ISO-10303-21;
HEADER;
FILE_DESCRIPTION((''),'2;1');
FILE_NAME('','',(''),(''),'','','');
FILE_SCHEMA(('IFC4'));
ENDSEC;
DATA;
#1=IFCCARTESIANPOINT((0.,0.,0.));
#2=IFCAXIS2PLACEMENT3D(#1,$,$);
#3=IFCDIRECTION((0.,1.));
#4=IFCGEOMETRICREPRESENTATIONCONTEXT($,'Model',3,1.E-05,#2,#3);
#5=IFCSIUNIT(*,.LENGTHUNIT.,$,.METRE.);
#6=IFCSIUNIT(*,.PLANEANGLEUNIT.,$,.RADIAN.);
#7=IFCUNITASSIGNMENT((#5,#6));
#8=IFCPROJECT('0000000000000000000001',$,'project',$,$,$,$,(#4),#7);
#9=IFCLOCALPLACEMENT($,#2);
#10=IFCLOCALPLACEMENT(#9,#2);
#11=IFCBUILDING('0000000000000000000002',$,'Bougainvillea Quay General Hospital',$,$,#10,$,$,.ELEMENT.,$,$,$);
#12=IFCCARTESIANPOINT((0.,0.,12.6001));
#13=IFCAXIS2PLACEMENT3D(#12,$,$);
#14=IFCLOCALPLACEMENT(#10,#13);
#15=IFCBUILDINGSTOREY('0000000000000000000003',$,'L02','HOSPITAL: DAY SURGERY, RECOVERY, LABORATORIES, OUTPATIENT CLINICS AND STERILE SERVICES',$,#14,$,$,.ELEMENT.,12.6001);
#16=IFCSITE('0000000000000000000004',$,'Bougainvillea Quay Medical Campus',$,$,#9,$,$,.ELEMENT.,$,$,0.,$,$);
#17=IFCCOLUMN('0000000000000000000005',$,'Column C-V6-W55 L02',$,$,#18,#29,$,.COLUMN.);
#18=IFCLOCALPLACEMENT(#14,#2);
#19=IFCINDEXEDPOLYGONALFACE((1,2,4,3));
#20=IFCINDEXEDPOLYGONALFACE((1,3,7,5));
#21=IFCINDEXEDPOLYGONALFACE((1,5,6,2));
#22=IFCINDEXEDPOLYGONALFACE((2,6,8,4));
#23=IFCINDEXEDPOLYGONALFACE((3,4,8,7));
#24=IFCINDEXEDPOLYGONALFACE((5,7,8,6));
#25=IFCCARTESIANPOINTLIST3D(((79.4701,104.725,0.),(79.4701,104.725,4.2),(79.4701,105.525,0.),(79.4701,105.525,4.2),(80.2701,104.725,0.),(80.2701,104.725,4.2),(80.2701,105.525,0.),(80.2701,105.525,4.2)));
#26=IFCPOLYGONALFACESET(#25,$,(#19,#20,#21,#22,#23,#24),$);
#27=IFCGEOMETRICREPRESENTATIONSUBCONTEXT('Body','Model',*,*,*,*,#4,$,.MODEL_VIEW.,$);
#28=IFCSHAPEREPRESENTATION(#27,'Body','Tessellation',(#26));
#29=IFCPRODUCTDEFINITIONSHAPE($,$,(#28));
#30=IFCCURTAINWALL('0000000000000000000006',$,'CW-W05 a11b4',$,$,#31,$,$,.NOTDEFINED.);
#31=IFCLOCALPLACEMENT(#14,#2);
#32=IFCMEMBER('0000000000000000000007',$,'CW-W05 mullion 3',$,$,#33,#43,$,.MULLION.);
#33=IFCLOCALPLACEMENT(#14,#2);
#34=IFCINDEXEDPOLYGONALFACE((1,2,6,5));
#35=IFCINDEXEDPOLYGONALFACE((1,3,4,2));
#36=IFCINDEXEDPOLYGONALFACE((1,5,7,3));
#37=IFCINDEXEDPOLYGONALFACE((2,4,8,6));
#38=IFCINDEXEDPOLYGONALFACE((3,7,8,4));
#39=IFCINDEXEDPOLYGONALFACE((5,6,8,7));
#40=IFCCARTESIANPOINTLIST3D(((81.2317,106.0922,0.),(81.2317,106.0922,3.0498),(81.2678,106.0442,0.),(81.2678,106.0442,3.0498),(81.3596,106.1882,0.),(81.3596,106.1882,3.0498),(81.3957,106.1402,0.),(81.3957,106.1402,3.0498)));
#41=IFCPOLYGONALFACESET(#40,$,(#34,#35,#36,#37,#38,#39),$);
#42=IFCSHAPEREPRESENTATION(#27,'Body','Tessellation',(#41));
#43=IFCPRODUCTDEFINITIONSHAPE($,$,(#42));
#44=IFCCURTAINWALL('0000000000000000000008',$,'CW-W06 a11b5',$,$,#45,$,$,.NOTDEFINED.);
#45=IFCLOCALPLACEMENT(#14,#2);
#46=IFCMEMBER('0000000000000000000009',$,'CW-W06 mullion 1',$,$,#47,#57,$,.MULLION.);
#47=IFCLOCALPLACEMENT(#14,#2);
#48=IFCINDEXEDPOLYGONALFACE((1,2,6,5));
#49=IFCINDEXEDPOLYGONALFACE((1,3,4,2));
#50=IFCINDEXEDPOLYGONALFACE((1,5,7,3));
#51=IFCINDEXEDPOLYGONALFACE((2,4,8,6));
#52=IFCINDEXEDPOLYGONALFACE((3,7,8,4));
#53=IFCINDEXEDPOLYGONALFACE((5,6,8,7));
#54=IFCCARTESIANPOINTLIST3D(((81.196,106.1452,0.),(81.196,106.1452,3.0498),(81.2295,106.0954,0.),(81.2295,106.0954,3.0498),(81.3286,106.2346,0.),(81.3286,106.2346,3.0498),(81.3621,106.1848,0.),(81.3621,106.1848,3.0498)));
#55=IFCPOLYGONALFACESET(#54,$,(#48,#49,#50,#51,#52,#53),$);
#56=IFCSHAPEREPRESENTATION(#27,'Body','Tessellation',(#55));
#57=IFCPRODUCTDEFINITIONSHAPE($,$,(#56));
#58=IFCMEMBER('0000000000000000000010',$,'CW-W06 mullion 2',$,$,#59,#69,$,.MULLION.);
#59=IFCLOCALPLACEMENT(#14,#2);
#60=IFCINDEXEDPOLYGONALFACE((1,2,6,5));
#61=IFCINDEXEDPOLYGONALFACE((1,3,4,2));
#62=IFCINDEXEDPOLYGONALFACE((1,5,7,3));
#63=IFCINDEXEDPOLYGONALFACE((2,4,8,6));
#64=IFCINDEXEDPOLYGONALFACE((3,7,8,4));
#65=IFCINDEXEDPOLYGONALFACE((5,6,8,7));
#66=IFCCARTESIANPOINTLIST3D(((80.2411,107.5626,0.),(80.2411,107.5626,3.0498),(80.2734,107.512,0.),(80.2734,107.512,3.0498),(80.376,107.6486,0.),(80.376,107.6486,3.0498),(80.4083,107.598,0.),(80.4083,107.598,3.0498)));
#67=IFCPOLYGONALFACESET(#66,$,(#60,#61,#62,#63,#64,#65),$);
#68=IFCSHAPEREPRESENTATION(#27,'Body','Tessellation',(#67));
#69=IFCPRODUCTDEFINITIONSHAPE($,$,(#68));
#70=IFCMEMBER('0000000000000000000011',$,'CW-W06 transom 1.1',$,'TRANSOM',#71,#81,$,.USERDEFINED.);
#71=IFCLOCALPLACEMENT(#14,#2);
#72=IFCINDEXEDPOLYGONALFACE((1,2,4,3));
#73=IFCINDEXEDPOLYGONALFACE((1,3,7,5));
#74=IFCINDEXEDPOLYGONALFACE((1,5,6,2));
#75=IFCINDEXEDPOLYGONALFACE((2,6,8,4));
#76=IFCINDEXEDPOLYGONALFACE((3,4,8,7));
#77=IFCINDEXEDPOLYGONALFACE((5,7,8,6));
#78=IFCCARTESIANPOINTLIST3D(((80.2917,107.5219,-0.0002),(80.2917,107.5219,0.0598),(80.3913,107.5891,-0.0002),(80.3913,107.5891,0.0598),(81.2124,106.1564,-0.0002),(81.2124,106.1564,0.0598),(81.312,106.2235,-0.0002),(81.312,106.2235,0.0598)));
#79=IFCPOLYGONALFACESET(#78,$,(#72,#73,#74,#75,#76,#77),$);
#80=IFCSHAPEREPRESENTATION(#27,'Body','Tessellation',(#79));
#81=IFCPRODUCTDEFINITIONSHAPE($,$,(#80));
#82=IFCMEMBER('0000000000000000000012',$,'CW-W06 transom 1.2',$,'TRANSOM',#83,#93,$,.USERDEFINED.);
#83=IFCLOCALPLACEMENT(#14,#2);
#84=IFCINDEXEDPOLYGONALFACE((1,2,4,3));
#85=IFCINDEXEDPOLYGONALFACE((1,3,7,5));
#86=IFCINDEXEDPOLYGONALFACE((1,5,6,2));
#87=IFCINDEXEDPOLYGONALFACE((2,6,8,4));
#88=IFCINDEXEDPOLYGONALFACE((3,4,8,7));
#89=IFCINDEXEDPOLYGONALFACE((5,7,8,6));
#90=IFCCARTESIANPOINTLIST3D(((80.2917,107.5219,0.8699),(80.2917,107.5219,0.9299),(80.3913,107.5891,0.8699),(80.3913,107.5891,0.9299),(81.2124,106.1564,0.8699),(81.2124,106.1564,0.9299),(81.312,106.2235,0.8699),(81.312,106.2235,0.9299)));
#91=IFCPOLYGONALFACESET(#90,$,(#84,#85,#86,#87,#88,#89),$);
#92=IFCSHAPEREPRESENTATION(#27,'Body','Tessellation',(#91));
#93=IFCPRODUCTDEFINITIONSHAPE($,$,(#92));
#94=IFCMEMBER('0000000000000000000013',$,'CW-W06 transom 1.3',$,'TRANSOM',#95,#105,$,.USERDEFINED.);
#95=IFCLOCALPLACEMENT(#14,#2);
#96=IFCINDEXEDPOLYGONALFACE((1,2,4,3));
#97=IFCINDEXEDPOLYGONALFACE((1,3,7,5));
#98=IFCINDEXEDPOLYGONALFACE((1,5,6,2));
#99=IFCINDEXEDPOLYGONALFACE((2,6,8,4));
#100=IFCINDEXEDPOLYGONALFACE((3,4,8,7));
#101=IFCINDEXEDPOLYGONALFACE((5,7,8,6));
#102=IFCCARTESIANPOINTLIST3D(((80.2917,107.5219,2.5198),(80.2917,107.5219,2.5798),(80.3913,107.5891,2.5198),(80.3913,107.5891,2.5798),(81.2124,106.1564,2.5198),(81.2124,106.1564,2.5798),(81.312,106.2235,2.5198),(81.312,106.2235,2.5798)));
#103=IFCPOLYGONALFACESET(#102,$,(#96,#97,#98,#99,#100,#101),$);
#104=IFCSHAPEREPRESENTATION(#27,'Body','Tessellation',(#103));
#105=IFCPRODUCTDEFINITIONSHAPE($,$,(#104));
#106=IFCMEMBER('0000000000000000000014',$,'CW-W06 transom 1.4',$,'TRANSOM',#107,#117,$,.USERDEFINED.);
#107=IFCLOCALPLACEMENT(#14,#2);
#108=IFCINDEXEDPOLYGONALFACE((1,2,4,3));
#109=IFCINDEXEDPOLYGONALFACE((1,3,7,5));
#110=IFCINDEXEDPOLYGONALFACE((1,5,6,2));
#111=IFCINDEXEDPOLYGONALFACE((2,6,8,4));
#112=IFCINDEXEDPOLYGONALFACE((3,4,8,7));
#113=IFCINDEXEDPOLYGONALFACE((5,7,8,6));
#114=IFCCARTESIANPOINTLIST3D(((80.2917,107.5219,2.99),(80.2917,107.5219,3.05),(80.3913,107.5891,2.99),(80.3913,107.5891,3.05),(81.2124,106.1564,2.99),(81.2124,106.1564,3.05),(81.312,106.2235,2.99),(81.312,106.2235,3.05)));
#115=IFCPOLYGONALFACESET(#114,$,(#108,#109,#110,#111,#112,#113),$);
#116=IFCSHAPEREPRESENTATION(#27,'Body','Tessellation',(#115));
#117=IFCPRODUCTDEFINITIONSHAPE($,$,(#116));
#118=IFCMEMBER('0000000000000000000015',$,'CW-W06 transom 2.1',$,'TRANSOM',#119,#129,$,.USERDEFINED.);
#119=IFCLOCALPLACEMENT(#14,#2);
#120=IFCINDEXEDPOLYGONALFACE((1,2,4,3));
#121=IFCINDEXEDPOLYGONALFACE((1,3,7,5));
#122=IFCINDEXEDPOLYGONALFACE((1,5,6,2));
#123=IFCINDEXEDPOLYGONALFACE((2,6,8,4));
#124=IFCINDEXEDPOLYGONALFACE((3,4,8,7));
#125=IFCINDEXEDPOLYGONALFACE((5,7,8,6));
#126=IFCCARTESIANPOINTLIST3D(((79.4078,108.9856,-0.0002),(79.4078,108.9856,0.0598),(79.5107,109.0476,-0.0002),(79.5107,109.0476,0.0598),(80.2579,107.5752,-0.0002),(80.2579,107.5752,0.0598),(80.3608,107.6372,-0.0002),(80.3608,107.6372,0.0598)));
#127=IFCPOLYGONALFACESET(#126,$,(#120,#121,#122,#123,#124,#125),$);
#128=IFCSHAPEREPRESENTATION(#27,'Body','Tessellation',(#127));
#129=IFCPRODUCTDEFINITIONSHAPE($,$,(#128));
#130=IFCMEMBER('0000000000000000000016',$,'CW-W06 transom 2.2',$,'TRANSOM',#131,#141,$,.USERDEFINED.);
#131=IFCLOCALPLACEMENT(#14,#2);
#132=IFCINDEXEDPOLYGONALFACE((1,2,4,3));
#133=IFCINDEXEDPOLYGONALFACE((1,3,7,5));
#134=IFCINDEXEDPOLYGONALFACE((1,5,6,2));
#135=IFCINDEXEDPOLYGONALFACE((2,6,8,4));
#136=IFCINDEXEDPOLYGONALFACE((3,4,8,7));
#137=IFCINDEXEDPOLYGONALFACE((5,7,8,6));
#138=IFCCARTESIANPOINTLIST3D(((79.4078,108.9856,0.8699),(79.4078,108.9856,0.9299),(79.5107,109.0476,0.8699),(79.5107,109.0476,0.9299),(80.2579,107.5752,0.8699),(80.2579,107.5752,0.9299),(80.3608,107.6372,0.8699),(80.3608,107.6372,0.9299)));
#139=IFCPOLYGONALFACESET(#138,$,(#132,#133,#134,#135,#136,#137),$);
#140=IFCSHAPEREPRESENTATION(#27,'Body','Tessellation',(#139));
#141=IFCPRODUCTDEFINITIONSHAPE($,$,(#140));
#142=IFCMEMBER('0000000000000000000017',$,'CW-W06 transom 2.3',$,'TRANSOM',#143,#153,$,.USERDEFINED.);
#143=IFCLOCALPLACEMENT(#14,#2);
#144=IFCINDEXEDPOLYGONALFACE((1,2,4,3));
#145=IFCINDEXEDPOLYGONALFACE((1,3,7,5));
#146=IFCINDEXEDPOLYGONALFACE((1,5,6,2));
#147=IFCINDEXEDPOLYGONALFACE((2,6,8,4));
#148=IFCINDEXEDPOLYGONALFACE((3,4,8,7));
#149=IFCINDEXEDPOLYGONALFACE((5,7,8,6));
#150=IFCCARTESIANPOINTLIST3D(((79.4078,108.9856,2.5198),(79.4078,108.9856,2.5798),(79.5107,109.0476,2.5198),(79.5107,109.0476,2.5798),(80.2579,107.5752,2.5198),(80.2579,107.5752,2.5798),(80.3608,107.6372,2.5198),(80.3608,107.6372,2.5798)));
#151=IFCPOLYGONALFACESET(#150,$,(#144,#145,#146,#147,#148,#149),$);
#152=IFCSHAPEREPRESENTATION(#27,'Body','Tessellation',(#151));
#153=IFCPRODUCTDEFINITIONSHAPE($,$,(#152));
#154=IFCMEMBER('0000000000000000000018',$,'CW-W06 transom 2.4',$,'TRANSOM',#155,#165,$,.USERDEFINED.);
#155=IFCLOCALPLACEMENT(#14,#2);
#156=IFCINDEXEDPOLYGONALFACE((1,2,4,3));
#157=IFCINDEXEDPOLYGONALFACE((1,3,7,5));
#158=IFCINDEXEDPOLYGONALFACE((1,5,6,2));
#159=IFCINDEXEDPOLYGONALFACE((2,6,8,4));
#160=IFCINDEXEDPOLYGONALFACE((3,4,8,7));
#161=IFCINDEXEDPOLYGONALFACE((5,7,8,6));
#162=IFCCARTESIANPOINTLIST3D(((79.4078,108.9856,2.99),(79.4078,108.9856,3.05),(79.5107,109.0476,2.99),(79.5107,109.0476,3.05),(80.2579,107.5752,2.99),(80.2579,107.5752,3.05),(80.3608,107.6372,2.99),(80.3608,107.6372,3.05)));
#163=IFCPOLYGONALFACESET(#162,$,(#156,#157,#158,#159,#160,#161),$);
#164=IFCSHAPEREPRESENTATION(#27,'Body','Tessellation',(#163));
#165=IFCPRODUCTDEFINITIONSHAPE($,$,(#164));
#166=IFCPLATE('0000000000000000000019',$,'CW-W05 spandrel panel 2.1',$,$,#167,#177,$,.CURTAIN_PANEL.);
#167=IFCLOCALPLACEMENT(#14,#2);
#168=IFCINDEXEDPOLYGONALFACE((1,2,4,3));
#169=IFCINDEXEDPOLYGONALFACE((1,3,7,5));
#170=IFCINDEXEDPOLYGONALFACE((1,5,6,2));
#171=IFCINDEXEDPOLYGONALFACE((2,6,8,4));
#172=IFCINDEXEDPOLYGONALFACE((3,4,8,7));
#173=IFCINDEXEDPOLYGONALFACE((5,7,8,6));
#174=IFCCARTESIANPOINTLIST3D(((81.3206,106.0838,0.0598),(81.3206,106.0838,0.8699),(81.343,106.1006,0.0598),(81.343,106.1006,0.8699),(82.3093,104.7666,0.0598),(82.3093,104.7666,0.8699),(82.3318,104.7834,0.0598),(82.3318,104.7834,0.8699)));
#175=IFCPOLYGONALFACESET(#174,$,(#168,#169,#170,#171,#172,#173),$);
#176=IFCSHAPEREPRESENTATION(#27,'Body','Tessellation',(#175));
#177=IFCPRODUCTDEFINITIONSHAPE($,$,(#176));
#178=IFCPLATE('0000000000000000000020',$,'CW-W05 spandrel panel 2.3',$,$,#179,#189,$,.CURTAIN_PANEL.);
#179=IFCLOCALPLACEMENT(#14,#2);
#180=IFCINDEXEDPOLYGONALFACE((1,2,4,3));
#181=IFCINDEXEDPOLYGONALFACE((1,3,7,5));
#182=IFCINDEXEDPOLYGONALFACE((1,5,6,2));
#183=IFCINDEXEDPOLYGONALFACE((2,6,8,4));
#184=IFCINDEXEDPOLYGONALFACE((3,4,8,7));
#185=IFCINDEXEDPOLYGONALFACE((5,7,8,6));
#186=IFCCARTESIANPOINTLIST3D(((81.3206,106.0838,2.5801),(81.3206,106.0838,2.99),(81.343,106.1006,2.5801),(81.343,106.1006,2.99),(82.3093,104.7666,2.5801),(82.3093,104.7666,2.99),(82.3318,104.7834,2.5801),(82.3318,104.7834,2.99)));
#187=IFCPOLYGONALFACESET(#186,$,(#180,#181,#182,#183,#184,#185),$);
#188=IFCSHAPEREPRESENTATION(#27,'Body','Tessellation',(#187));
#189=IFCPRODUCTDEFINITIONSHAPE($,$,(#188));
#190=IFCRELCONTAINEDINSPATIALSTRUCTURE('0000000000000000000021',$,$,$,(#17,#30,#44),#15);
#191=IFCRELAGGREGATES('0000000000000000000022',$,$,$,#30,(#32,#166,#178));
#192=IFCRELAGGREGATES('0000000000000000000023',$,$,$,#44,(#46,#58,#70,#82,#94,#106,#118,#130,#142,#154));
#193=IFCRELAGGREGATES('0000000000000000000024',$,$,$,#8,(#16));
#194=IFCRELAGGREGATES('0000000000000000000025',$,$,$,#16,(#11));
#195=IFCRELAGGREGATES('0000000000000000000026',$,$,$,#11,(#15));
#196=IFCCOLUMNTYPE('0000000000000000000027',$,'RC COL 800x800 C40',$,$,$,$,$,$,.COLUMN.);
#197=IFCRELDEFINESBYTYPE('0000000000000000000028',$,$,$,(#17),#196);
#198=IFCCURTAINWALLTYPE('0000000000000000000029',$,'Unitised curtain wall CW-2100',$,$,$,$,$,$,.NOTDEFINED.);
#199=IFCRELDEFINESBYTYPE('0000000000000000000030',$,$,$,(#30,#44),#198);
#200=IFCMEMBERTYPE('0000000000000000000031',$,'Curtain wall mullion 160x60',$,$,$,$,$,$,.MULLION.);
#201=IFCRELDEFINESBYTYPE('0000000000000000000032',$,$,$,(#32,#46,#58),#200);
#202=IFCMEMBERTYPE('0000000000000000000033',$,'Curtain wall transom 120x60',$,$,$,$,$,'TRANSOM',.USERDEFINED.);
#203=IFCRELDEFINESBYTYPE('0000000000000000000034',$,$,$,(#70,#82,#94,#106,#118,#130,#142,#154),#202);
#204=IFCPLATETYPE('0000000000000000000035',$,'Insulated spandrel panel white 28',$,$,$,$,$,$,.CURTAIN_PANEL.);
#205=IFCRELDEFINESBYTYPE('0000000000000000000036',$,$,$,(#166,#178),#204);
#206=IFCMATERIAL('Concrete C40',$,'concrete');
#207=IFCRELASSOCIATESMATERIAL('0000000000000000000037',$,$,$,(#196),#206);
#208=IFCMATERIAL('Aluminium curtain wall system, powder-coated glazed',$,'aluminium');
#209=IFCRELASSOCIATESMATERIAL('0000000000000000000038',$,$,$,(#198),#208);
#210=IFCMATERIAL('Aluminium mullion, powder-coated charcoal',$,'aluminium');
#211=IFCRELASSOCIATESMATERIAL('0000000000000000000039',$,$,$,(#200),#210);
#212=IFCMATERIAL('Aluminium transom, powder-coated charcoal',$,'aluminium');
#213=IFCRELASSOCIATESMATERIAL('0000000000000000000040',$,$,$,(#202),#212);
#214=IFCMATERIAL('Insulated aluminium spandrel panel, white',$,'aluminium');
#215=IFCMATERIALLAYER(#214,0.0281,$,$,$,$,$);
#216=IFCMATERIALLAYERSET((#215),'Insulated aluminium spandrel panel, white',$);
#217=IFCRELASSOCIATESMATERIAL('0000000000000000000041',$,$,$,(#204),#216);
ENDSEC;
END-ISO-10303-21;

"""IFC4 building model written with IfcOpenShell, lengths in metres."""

from ifc_helpers import new_model, si_unit, direction, frame, origin, origin_2d, place, context, subcontext, project, spatial, rectangle, extrude, material, layer, layer_set, material_profile, profile_set, type_object, element, aggregate, save


model = new_model("IFC4")

# Units and contexts
model_context = context("Model", 3, precision=1e-05, world=origin(), true_north=direction((0.0, 1.0)))
body_context = subcontext(model_context, "Body", "Model", "MODEL_VIEW")
ifc_project = project(units=[si_unit("LENGTHUNIT", "METRE"), si_unit("PLANEANGLEUNIT", "RADIAN")], contexts=[model_context])

# Site, building, storey
site_placement = place(None, origin())
site = spatial("IfcSite", under=ifc_project, at=site_placement, Name="Bougainvillea Quay Medical Campus", CompositionType="ELEMENT", RefElevation=0.0)
building_placement = place(site_placement, origin())
building = spatial("IfcBuilding", under=site, at=building_placement, Name="Bougainvillea Quay General Hospital", CompositionType="ELEMENT")
storey_placement = place(building_placement, frame((0.0, 0.0, 12.6001)))
storey = spatial("IfcBuildingStorey", under=building, at=storey_placement, Name="L02", Description="HOSPITAL: DAY SURGERY, RECOVERY, LABORATORIES, OUTPATIENT CLINICS AND STERILE SERVICES", CompositionType="ELEMENT", Elevation=12.6001)

# Column
ifc_material_1 = material(Name="Concrete C40", Category="concrete")
ifc_material_profile_1 = material_profile(ifc_material_1, rectangle(XDim=0.8, YDim=0.8, at=origin_2d()))
ifc_profile_set_1 = profile_set([ifc_material_profile_1], Name="Concrete C40")
column_type = type_object("IfcColumnType", Name="RC COL 800x800 C40", PredefinedType="COLUMN", material=ifc_profile_set_1)
column_placement = place(storey_placement, frame((79.8701, 105.125, 0.0), z_axis=(0.0, 0.0, 1.0), x_axis=(1.0, 0.0, 0.0)))
element("IfcColumn", 1, at=column_placement, inside=storey, type_object=column_type, Name="Column C-V6-W55 L02", PredefinedType="COLUMN", context=body_context, shape_type="SweptSolid", body=[
    extrude(rectangle(XDim=0.8, YDim=0.8, at=origin_2d()), origin(), (0.0, 0.0, 1.0), 4.2),
])

# Curtain wall, member
ifc_material_2 = material(Name="Aluminium curtain wall system, powder-coated glazed", Category="aluminium")
curtain_wall_type = type_object("IfcCurtainWallType", Name="Unitised curtain wall CW-2100", PredefinedType="NOTDEFINED", material=ifc_material_2)
curtain_wall_1_placement = place(storey_placement, origin())
curtain_wall_1 = element("IfcCurtainWall", 2, at=curtain_wall_1_placement, inside=storey, type_object=curtain_wall_type, Name="CW-W05 a11b4", PredefinedType="NOTDEFINED")
ifc_material_3 = material(Name="Aluminium mullion, powder-coated charcoal", Category="aluminium")
ifc_material_profile_2 = material_profile(ifc_material_3, rectangle(XDim=0.1599, YDim=0.0601, at=origin_2d()))
ifc_profile_set_2 = profile_set([ifc_material_profile_2], Name="Aluminium mullion, powder-coated charcoal")
member_type_1 = type_object("IfcMemberType", Name="Curtain wall mullion 160x60", PredefinedType="MULLION", material=ifc_profile_set_2)
member_1_placement = place(storey_placement, frame((81.3137, 106.1162, 0.0), z_axis=(0.0, 0.0, 1.0), x_axis=(-0.799758, -0.600323, 0.0)))
member_1 = element("IfcMember", 3, at=member_1_placement, type_object=member_type_1, Name="CW-W05 mullion 3", PredefinedType="MULLION", context=body_context, shape_type="SweptSolid", body=[
    extrude(rectangle(XDim=0.1599, YDim=0.0601, at=origin_2d()), origin(), (0.0, 0.0, 1.0), 3.0498),
])

# Curtain wall, members
curtain_wall_2_placement = place(storey_placement, origin())
curtain_wall_2 = element("IfcCurtainWall", 4, at=curtain_wall_2_placement, inside=storey, type_object=curtain_wall_type, Name="CW-W06 a11b5", PredefinedType="NOTDEFINED")
member_2_placement = place(storey_placement, frame((81.2791, 106.165, 0.0), z_axis=(0.0, 0.0, 1.0), x_axis=(-0.829164, -0.559005, 0.0)))
member_2 = element("IfcMember", 5, at=member_2_placement, type_object=member_type_1, Name="CW-W06 mullion 1", PredefinedType="MULLION", context=body_context, shape_type="SweptSolid", body=[
    extrude(rectangle(XDim=0.1599, YDim=0.0601, at=origin_2d()), origin(), (0.0, 0.0, 1.0), 3.0498),
])
member_3_placement = place(storey_placement, frame((80.3247, 107.5803, 0.0), z_axis=(0.0, 0.0, 1.0), x_axis=(-0.843072, -0.5378, 0.0)))
member_3 = element("IfcMember", 6, at=member_3_placement, type_object=member_type_1, Name="CW-W06 mullion 2", PredefinedType="MULLION", context=body_context, shape_type="SweptSolid", body=[
    extrude(rectangle(XDim=0.1599, YDim=0.0601, at=origin_2d()), origin(), (0.0, 0.0, 1.0), 3.0498),
])
ifc_material_4 = material(Name="Aluminium transom, powder-coated charcoal", Category="aluminium")
ifc_material_profile_3 = material_profile(ifc_material_4, rectangle(XDim=0.1201, YDim=0.0601, at=origin_2d()))
ifc_profile_set_3 = profile_set([ifc_material_profile_3], Name="Aluminium transom, powder-coated charcoal")
member_type_2 = type_object("IfcMemberType", Name="Curtain wall transom 120x60", ElementType="TRANSOM", PredefinedType="USERDEFINED", material=ifc_profile_set_3)
member_4_placement = place(storey_placement, frame((81.2622, 106.1899, 0.0298), z_axis=(-0.559037, 0.829142, 0.0), x_axis=(-0.829142, -0.559037, 0.0)))
member_4 = element("IfcMember", 7, at=member_4_placement, type_object=member_type_2, Name="CW-W06 transom 1.1", ObjectType="TRANSOM", PredefinedType="USERDEFINED", context=body_context, shape_type="SweptSolid", body=[
    extrude(rectangle(XDim=0.1201, YDim=0.0601, at=origin_2d()), origin(), (0.0, 0.0, 1.0), 1.647),
])
member_5_placement = place(storey_placement, frame((81.2622, 106.1899, 0.8999), z_axis=(-0.559037, 0.829142, 0.0), x_axis=(-0.829142, -0.559037, 0.0)))
member_5 = element("IfcMember", 8, at=member_5_placement, type_object=member_type_2, Name="CW-W06 transom 1.2", ObjectType="TRANSOM", PredefinedType="USERDEFINED", context=body_context, shape_type="SweptSolid", body=[
    extrude(rectangle(XDim=0.1201, YDim=0.0601, at=origin_2d()), origin(), (0.0, 0.0, 1.0), 1.647),
])
member_6_placement = place(storey_placement, frame((81.2622, 106.1899, 2.5498), z_axis=(-0.559037, 0.829142, 0.0), x_axis=(-0.829142, -0.559037, 0.0)))
member_6 = element("IfcMember", 9, at=member_6_placement, type_object=member_type_2, Name="CW-W06 transom 1.3", ObjectType="TRANSOM", PredefinedType="USERDEFINED", context=body_context, shape_type="SweptSolid", body=[
    extrude(rectangle(XDim=0.1201, YDim=0.0601, at=origin_2d()), origin(), (0.0, 0.0, 1.0), 1.647),
])
member_7_placement = place(storey_placement, frame((81.2622, 106.1899, 3.02), z_axis=(-0.559037, 0.829142, 0.0), x_axis=(-0.829142, -0.559037, 0.0)))
member_7 = element("IfcMember", 10, at=member_7_placement, type_object=member_type_2, Name="CW-W06 transom 1.4", ObjectType="TRANSOM", PredefinedType="USERDEFINED", context=body_context, shape_type="SweptSolid", body=[
    extrude(rectangle(XDim=0.1201, YDim=0.0601, at=origin_2d()), origin(), (0.0, 0.0, 1.0), 1.647),
])
member_8_placement = place(storey_placement, frame((80.3093, 107.6062, 0.0298), z_axis=(-0.516217, 0.856458, 0.0), x_axis=(-0.856458, -0.516217, 0.0)))
member_8 = element("IfcMember", 11, at=member_8_placement, type_object=member_type_2, Name="CW-W06 transom 2.1", ObjectType="TRANSOM", PredefinedType="USERDEFINED", context=body_context, shape_type="SweptSolid", body=[
    extrude(rectangle(XDim=0.1201, YDim=0.0601, at=origin_2d()), origin(), (0.0, 0.0, 1.0), 1.6467),
])
member_9_placement = place(storey_placement, frame((80.3093, 107.6062, 0.8999), z_axis=(-0.516217, 0.856458, 0.0), x_axis=(-0.856458, -0.516217, 0.0)))
member_9 = element("IfcMember", 12, at=member_9_placement, type_object=member_type_2, Name="CW-W06 transom 2.2", ObjectType="TRANSOM", PredefinedType="USERDEFINED", context=body_context, shape_type="SweptSolid", body=[
    extrude(rectangle(XDim=0.1201, YDim=0.0601, at=origin_2d()), origin(), (0.0, 0.0, 1.0), 1.6467),
])
member_10_placement = place(storey_placement, frame((80.3093, 107.6062, 2.5498), z_axis=(-0.516217, 0.856458, 0.0), x_axis=(-0.856458, -0.516217, 0.0)))
member_10 = element("IfcMember", 13, at=member_10_placement, type_object=member_type_2, Name="CW-W06 transom 2.3", ObjectType="TRANSOM", PredefinedType="USERDEFINED", context=body_context, shape_type="SweptSolid", body=[
    extrude(rectangle(XDim=0.1201, YDim=0.0601, at=origin_2d()), origin(), (0.0, 0.0, 1.0), 1.6467),
])
member_11_placement = place(storey_placement, frame((80.3093, 107.6062, 3.02), z_axis=(-0.516217, 0.856458, 0.0), x_axis=(-0.856458, -0.516217, 0.0)))
member_11 = element("IfcMember", 14, at=member_11_placement, type_object=member_type_2, Name="CW-W06 transom 2.4", ObjectType="TRANSOM", PredefinedType="USERDEFINED", context=body_context, shape_type="SweptSolid", body=[
    extrude(rectangle(XDim=0.1201, YDim=0.0601, at=origin_2d()), origin(), (0.0, 0.0, 1.0), 1.6467),
])

# Plates
ifc_material_5 = material(Name="Insulated aluminium spandrel panel, white", Category="aluminium")
ifc_layer_1 = layer(ifc_material_5, 0.0281)
ifc_layer_set_1 = layer_set([ifc_layer_1], Name="Insulated aluminium spandrel panel, white")
plate_type_1 = type_object("IfcPlateType", Name="Insulated spandrel panel white 28", PredefinedType="CURTAIN_PANEL", material=ifc_layer_set_1)
plate_1_placement = place(storey_placement, frame((81.8262, 105.4336, 0.0598), z_axis=(0.0, 0.0, 1.0), x_axis=(-0.600323, 0.799758, 0.0)))
plate_1 = element("IfcPlate", 15, at=plate_1_placement, type_object=plate_type_1, Name="CW-W05 spandrel panel 2.1", PredefinedType="CURTAIN_PANEL", context=body_context, shape_type="SweptSolid", body=[
    extrude(rectangle(XDim=1.647, YDim=0.0281, at=origin_2d()), origin(), (0.0, 0.0, 1.0), 0.8101),
])
plate_2_placement = place(storey_placement, frame((81.8262, 105.4336, 2.5801), z_axis=(0.0, 0.0, 1.0), x_axis=(-0.600323, 0.799758, 0.0)))
plate_2 = element("IfcPlate", 16, at=plate_2_placement, type_object=plate_type_1, Name="CW-W05 spandrel panel 2.3", PredefinedType="CURTAIN_PANEL", context=body_context, shape_type="SweptSolid", body=[
    extrude(rectangle(XDim=1.647, YDim=0.0281, at=origin_2d()), origin(), (0.0, 0.0, 1.0), 0.4099),
])
aggregate(curtain_wall_1, [member_1, plate_1, plate_2])
aggregate(curtain_wall_2, [member_2, member_3, member_4, member_5, member_6, member_7, member_8, member_9, member_10, member_11])

save(model, "model.ifc")
